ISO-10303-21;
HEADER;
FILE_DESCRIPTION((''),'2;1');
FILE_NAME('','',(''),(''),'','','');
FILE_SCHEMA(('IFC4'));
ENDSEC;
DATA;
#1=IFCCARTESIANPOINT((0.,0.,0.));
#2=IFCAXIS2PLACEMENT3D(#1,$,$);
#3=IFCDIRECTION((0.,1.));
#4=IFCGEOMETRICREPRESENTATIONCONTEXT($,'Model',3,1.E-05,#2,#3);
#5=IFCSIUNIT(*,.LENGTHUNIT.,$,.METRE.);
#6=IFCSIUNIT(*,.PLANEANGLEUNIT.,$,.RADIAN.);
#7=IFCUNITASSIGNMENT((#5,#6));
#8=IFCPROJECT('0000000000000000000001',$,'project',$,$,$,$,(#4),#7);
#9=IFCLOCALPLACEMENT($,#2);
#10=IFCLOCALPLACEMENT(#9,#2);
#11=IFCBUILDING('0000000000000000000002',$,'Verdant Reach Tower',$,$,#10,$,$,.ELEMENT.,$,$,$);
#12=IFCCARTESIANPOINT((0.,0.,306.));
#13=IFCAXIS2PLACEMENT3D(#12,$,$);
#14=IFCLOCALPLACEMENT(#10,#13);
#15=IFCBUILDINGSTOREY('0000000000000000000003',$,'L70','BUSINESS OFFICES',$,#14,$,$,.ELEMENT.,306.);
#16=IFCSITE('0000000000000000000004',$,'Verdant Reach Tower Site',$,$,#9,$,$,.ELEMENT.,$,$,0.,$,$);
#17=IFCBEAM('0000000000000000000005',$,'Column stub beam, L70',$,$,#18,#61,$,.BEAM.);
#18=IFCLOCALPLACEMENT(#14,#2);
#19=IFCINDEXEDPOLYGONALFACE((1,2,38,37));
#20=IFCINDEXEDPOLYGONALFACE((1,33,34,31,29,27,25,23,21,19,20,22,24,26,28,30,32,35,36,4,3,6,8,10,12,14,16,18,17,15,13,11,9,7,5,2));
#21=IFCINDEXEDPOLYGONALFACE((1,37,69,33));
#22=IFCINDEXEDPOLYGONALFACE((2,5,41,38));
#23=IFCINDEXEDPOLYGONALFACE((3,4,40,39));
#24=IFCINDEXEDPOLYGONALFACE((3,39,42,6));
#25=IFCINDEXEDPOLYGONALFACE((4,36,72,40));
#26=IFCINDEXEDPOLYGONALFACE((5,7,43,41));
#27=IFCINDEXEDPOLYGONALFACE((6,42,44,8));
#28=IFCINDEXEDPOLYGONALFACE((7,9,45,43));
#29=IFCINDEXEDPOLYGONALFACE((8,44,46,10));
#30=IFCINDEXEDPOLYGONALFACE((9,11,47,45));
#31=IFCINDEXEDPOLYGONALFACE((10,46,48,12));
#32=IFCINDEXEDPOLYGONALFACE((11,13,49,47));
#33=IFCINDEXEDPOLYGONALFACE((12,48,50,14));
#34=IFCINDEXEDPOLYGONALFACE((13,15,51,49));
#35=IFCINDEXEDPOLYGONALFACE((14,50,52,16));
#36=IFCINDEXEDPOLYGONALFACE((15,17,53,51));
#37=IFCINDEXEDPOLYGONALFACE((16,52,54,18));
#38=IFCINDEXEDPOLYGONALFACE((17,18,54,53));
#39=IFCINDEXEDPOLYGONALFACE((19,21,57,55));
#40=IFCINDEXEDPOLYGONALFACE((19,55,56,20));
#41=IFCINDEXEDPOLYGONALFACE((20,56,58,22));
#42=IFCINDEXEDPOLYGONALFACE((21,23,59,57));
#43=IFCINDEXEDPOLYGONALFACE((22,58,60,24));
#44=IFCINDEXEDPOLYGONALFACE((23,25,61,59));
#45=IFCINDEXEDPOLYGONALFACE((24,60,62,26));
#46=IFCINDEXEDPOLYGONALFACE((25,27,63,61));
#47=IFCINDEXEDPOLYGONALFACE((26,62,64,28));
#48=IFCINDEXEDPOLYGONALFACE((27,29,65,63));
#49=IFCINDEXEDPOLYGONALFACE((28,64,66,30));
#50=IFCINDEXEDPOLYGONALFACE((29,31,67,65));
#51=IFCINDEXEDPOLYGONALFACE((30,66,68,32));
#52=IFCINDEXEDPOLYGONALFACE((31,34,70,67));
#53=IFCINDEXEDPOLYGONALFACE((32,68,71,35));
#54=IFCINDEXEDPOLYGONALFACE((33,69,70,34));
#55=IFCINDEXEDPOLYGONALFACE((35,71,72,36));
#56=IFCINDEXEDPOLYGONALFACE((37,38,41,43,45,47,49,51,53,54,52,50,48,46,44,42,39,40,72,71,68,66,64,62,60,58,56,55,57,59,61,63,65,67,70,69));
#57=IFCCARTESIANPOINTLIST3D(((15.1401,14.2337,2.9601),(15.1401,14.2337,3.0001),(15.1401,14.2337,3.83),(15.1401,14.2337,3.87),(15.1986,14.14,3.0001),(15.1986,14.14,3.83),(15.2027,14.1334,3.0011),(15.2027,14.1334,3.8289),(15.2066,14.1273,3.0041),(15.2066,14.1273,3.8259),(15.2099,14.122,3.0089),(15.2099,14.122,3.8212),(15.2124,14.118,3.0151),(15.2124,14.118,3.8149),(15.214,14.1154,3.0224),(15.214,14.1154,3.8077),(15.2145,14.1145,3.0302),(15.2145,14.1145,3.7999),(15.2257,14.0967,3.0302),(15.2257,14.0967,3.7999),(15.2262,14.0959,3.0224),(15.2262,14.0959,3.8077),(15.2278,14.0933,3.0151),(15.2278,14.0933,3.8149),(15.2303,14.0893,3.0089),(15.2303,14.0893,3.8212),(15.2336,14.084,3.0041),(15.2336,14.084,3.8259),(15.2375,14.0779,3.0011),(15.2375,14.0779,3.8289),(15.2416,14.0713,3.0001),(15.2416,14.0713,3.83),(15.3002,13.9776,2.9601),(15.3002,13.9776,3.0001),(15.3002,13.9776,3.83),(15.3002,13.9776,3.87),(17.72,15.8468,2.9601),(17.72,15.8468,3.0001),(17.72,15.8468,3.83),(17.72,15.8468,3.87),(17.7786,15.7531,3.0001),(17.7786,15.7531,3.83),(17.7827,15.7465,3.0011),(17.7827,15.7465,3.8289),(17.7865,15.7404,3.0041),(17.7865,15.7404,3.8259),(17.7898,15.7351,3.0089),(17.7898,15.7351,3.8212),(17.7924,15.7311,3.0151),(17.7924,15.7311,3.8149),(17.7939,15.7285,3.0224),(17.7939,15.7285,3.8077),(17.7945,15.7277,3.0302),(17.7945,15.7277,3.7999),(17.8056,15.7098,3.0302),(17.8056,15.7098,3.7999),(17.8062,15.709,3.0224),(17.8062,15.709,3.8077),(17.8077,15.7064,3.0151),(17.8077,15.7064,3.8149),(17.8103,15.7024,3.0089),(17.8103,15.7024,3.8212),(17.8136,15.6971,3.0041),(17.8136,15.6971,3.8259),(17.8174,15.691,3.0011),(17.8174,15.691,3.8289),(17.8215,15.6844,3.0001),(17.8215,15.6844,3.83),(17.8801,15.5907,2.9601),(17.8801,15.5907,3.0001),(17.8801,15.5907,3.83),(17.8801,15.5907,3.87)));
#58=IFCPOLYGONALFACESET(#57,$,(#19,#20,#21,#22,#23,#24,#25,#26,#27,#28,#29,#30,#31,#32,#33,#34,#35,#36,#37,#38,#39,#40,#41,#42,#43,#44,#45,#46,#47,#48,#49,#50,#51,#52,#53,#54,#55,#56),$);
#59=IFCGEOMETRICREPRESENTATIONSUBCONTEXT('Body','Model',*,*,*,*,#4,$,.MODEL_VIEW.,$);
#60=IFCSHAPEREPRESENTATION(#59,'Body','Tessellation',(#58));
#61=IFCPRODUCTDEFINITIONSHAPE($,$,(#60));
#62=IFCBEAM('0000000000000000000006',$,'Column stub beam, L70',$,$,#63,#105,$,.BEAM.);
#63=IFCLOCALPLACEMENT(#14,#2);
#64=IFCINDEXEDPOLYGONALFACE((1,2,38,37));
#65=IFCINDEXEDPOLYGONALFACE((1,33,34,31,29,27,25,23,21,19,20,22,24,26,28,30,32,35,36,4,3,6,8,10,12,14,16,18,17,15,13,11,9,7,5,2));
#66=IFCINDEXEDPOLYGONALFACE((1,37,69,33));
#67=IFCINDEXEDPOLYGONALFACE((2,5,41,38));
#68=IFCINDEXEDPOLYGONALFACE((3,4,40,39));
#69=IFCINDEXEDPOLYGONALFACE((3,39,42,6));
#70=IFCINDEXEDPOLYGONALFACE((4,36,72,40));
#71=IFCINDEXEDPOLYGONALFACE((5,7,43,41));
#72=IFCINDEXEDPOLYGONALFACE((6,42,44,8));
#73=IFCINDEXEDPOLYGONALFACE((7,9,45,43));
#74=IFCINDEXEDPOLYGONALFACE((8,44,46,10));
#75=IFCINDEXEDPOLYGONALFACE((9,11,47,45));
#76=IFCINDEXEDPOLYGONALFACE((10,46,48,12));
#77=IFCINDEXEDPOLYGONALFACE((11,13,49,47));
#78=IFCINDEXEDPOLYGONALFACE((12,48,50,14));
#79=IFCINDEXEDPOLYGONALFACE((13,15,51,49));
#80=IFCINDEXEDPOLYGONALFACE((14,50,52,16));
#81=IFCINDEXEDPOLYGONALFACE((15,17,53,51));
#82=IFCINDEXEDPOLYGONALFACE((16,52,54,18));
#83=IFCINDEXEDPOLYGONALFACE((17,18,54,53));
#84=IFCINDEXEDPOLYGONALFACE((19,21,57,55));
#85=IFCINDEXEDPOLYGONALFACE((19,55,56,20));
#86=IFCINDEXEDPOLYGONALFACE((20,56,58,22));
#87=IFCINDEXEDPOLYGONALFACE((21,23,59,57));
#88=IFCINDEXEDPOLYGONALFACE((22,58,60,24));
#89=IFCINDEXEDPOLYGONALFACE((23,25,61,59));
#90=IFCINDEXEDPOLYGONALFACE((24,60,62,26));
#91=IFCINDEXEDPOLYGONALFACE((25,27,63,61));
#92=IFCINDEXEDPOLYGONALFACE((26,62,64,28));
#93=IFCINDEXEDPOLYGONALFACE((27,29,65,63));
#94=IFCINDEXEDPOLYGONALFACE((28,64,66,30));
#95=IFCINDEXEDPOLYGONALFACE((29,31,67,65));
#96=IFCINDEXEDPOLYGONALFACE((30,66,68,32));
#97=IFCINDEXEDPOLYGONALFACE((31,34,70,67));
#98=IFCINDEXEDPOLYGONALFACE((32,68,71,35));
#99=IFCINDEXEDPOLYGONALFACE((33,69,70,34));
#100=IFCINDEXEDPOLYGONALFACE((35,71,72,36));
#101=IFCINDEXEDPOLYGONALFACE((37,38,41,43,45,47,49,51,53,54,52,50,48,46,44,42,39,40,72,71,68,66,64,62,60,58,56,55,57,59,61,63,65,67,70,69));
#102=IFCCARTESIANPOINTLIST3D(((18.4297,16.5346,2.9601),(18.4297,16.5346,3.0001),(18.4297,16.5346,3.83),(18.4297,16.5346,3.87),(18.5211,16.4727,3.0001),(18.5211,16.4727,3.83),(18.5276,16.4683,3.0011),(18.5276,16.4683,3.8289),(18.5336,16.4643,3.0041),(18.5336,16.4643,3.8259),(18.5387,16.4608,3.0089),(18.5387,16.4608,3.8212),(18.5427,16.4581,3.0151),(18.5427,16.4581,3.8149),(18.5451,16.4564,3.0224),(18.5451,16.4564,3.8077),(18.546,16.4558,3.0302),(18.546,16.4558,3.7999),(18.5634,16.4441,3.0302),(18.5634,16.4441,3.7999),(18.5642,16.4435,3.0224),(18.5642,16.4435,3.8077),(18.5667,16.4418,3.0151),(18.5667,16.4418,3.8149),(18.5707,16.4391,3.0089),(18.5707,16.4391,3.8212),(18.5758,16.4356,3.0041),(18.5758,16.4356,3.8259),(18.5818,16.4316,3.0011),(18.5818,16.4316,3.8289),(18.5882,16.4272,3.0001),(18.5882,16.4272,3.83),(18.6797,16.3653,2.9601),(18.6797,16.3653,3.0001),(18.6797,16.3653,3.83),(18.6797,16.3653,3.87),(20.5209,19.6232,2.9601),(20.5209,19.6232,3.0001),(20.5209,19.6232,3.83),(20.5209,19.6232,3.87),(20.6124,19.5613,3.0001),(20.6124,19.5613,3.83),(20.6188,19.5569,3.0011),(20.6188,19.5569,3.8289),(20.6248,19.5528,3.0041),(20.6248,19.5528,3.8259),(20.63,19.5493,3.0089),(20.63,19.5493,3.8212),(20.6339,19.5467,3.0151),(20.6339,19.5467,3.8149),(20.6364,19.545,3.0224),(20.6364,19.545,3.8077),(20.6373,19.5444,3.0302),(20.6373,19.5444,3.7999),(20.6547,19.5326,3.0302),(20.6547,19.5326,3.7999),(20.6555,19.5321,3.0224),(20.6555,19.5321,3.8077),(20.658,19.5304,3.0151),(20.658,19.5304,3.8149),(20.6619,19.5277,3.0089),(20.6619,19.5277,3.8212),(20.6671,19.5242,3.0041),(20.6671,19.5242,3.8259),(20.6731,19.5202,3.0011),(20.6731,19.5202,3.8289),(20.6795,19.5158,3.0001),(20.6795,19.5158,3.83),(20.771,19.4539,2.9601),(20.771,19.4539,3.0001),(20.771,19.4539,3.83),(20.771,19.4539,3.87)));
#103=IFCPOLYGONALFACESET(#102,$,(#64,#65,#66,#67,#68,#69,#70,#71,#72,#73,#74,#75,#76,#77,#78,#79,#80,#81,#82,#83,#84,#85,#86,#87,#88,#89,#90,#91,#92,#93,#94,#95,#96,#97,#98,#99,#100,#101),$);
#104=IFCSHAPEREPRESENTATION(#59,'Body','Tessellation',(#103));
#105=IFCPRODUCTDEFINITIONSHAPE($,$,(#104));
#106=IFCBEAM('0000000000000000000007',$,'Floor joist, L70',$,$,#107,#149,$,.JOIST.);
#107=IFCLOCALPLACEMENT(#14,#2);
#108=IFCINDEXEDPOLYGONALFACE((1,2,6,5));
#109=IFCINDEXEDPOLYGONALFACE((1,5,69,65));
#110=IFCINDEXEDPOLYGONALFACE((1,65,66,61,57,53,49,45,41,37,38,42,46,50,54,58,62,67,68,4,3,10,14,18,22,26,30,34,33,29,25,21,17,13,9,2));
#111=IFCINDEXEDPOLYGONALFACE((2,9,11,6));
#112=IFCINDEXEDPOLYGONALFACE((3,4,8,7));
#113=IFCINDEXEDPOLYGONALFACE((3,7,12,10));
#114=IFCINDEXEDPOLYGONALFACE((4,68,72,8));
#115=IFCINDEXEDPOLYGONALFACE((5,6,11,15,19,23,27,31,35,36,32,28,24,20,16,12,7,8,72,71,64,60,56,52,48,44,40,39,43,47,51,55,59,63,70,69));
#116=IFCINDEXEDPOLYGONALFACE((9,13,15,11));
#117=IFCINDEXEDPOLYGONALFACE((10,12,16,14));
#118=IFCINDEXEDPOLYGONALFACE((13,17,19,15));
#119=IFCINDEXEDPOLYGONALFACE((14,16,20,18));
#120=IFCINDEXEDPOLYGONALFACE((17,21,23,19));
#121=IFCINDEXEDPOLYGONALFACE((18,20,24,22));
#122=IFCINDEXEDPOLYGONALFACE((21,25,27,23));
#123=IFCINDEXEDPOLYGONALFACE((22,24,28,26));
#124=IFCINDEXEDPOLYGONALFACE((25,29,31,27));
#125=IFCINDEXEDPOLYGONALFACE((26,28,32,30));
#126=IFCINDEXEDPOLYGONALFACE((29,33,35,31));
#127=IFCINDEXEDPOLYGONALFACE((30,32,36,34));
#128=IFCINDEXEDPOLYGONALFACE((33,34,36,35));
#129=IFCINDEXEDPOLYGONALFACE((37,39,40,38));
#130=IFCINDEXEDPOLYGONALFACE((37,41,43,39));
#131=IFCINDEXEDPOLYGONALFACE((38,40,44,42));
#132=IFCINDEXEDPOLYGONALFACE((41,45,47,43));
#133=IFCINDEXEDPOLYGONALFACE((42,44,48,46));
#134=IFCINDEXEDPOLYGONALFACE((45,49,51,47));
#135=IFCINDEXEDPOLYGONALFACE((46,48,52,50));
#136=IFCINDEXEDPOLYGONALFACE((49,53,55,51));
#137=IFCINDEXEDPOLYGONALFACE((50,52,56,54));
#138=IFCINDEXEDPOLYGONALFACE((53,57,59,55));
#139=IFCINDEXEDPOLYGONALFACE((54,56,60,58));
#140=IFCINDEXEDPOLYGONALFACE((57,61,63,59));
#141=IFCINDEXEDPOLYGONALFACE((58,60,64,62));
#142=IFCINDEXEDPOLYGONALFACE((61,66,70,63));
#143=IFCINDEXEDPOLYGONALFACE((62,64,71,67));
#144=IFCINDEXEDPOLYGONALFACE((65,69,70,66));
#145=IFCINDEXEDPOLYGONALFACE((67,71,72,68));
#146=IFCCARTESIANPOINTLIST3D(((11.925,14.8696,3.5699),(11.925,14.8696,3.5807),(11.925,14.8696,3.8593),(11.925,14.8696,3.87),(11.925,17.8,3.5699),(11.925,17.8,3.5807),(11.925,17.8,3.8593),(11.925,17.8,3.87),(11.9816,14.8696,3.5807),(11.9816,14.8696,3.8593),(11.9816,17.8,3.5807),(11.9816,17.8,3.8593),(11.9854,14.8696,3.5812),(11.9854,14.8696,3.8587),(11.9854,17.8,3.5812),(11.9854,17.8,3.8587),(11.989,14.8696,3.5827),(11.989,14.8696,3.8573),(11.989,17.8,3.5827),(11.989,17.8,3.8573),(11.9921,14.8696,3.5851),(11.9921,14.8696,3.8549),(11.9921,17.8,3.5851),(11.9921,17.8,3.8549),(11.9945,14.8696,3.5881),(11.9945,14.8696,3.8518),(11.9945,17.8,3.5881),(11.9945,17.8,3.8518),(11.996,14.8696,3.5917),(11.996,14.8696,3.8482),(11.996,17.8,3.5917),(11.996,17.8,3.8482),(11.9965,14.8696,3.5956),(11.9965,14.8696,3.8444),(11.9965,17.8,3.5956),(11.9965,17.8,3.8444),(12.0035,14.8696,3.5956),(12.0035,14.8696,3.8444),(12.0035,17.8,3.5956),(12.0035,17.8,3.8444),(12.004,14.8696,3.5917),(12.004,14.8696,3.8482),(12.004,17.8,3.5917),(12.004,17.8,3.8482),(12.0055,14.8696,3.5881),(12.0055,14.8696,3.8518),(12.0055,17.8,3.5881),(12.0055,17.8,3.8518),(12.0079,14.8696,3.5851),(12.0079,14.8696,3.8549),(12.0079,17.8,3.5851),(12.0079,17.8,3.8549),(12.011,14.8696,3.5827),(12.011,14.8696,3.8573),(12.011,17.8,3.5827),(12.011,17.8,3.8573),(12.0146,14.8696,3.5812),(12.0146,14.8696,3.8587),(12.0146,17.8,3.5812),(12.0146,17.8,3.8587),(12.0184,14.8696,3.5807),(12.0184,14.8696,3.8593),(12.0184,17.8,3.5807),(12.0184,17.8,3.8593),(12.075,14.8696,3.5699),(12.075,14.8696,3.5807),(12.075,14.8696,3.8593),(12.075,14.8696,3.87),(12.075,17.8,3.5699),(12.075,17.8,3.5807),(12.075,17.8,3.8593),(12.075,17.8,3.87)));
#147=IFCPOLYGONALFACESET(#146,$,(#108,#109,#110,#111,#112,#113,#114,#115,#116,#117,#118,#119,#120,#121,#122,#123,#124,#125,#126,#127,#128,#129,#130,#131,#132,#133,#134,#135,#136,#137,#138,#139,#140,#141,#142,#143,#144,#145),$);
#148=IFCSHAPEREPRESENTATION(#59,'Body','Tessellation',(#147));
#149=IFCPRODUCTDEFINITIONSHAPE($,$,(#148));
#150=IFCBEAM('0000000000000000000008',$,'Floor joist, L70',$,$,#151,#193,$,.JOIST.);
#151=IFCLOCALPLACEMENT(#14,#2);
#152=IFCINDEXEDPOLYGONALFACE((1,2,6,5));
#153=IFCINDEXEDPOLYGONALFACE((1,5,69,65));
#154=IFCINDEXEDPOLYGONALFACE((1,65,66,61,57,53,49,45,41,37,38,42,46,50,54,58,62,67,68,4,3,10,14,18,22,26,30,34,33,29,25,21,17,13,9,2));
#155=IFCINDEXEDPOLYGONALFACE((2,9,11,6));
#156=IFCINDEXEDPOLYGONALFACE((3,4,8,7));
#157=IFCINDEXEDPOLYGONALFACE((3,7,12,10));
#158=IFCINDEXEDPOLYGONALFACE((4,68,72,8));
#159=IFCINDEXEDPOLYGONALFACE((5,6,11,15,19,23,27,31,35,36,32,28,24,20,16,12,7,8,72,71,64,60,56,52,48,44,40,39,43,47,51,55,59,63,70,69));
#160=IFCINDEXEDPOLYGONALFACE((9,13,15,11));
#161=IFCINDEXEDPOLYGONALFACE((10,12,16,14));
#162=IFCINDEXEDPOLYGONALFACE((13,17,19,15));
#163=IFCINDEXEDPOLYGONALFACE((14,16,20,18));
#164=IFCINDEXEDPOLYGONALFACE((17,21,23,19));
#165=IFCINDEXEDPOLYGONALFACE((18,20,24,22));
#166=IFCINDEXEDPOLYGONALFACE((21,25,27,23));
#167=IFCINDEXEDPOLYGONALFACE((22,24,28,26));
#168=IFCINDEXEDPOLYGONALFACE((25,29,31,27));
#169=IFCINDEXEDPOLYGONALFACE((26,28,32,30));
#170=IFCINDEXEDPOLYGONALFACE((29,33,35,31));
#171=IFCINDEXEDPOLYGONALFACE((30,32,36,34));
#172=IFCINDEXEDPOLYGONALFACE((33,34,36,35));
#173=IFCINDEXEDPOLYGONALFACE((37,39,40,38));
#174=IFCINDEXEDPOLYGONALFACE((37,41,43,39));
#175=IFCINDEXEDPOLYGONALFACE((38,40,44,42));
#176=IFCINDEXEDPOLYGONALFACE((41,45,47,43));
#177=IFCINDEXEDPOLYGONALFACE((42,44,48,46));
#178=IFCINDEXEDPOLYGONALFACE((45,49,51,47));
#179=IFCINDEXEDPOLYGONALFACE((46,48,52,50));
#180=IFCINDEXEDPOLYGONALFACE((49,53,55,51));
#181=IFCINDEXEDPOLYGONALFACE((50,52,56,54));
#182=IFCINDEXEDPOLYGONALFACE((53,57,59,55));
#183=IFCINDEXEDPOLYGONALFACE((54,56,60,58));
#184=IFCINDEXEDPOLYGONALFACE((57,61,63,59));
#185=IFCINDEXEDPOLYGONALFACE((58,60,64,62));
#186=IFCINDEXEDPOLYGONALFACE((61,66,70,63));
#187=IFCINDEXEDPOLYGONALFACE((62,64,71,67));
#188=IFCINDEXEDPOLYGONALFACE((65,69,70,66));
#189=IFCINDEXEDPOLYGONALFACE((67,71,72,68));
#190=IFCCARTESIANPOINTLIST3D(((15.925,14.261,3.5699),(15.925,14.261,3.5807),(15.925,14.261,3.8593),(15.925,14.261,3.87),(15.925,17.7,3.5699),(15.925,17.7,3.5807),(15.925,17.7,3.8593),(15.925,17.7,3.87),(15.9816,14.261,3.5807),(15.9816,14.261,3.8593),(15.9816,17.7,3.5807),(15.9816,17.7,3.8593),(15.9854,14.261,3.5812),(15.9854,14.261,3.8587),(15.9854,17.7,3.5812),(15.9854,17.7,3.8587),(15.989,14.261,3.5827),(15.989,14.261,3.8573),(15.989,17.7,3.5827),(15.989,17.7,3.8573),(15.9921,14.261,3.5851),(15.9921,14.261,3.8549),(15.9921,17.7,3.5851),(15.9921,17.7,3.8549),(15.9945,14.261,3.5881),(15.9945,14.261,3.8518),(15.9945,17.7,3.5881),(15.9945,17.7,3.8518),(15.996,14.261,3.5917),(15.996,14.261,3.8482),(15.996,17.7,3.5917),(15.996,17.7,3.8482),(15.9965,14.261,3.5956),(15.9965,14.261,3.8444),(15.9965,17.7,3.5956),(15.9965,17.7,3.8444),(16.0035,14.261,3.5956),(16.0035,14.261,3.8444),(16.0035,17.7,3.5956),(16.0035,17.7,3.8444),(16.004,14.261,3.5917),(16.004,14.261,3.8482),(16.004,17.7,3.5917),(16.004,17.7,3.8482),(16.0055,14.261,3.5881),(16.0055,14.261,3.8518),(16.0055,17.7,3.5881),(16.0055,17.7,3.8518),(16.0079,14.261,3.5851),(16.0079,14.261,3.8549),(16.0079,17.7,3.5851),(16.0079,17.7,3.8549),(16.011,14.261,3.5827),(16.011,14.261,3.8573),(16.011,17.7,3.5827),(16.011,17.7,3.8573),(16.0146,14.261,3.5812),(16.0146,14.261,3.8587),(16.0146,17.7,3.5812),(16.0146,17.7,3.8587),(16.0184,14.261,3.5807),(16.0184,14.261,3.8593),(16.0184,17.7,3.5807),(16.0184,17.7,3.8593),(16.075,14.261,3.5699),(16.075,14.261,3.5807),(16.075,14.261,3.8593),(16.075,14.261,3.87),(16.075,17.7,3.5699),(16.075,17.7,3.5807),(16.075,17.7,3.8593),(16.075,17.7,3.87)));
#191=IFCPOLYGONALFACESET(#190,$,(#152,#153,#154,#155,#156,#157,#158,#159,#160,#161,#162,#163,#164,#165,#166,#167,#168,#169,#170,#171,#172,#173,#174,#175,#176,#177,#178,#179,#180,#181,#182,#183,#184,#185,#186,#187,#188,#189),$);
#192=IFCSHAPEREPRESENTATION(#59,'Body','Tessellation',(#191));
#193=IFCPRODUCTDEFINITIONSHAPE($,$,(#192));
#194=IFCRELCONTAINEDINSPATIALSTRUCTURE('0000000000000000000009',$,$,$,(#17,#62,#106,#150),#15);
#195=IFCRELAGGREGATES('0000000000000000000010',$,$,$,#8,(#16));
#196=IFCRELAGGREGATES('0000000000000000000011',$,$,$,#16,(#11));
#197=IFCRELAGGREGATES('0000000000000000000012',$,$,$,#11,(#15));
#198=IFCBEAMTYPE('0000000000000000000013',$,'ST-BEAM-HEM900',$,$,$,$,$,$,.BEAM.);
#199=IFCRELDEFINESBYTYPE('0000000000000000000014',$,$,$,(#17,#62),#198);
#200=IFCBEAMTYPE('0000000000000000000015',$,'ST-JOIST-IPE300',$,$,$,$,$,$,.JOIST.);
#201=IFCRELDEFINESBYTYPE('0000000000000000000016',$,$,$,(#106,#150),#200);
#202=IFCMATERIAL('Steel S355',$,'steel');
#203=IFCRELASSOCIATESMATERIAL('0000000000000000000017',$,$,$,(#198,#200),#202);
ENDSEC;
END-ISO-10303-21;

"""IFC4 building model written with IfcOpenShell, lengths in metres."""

from ifc_helpers import new_model, si_unit, direction, frame, origin, origin_2d, place, context, subcontext, project, spatial, i_section, extrude, material, material_profile, profile_set, type_object, element, save


model = new_model("IFC4")

# Units and contexts
model_context = context("Model", 3, precision=1e-05, world=origin(), true_north=direction((0.0, 1.0)))
body_context = subcontext(model_context, "Body", "Model", "MODEL_VIEW")
ifc_project = project(units=[si_unit("LENGTHUNIT", "METRE"), si_unit("PLANEANGLEUNIT", "RADIAN")], contexts=[model_context])

# Site, building, storey
site_placement = place(None, origin())
site = spatial("IfcSite", under=ifc_project, at=site_placement, Name="Verdant Reach Tower Site", CompositionType="ELEMENT", RefElevation=0.0)
building_placement = place(site_placement, origin())
building = spatial("IfcBuilding", under=site, at=building_placement, Name="Verdant Reach Tower", CompositionType="ELEMENT")
storey_placement = place(building_placement, frame((0.0, 0.0, 306.0)))
storey = spatial("IfcBuildingStorey", under=building, at=storey_placement, Name="L70", Description="BUSINESS OFFICES", CompositionType="ELEMENT", Elevation=306.0)

# Beams
ifc_material_1 = material(Name="Steel S355", Category="steel")
ifc_material_profile_1 = material_profile(ifc_material_1, i_section(OverallWidth=0.302, OverallDepth=0.9099, WebThickness=0.021, FlangeThickness=0.04, FilletRadius=0.03, at=origin_2d()), Name="HEM 900")
ifc_profile_set_1 = profile_set([ifc_material_profile_1], Name="Steel S355")
beam_type_1 = type_object("IfcBeamType", Name="ST-BEAM-HEM900", PredefinedType="BEAM", material=ifc_profile_set_1)
beam_1_placement = place(storey_placement, frame((17.8, 15.7188, 3.415), z_axis=(-0.847904, -0.53015, 0.0), x_axis=(0.53015, -0.847904, 0.0)))
element("IfcBeam", 1, at=beam_1_placement, inside=storey, type_object=beam_type_1, Name="Column stub beam, L70", PredefinedType="BEAM", context=body_context, shape_type="SweptSolid", body=[
    extrude(i_section(OverallWidth=0.302, OverallDepth=0.9099, WebThickness=0.021, FlangeThickness=0.04, FilletRadius=0.03, at=origin_2d()), origin(), (0.0, 0.0, 1.0), 3.0427),
])
beam_2_placement = place(storey_placement, frame((18.5547, 16.45, 3.415), z_axis=(0.560667, 0.828041, 0.0), x_axis=(-0.828041, 0.560667, 0.0)))
element("IfcBeam", 2, at=beam_2_placement, inside=storey, type_object=beam_type_1, Name="Column stub beam, L70", PredefinedType="BEAM", context=body_context, shape_type="SweptSolid", body=[
    extrude(i_section(OverallWidth=0.302, OverallDepth=0.9099, WebThickness=0.021, FlangeThickness=0.04, FilletRadius=0.03, at=origin_2d()), origin(), (0.0, 0.0, 1.0), 3.73),
])
ifc_material_profile_2 = material_profile(ifc_material_1, i_section(OverallWidth=0.1499, OverallDepth=0.3, WebThickness=0.0071, FlangeThickness=0.0107, FilletRadius=0.0149, at=origin_2d()), Name="IPE 300")
ifc_profile_set_2 = profile_set([ifc_material_profile_2], Name="Steel S355")
beam_type_2 = type_object("IfcBeamType", Name="ST-JOIST-IPE300", PredefinedType="JOIST", material=ifc_profile_set_2)
beam_3_placement = place(storey_placement, frame((12.0, 17.8, 3.72), z_axis=(0.0, -1.0, 0.0), x_axis=(1.0, 0.0, 0.0)))
element("IfcBeam", 3, at=beam_3_placement, inside=storey, type_object=beam_type_2, Name="Floor joist, L70", PredefinedType="JOIST", context=body_context, shape_type="SweptSolid", body=[
    extrude(i_section(OverallWidth=0.1499, OverallDepth=0.3, WebThickness=0.0071, FlangeThickness=0.0107, FilletRadius=0.0149, at=origin_2d()), origin(), (0.0, 0.0, 1.0), 2.9304),
])
beam_4_placement = place(storey_placement, frame((16.0, 17.7, 3.72), z_axis=(0.0, -1.0, 0.0), x_axis=(1.0, 0.0, 0.0)))
element("IfcBeam", 4, at=beam_4_placement, inside=storey, type_object=beam_type_2, Name="Floor joist, L70", PredefinedType="JOIST", context=body_context, shape_type="SweptSolid", body=[
    extrude(i_section(OverallWidth=0.1499, OverallDepth=0.3, WebThickness=0.0071, FlangeThickness=0.0107, FilletRadius=0.0149, at=origin_2d()), origin(), (0.0, 0.0, 1.0), 3.439),
])

save(model, "model.ifc")
